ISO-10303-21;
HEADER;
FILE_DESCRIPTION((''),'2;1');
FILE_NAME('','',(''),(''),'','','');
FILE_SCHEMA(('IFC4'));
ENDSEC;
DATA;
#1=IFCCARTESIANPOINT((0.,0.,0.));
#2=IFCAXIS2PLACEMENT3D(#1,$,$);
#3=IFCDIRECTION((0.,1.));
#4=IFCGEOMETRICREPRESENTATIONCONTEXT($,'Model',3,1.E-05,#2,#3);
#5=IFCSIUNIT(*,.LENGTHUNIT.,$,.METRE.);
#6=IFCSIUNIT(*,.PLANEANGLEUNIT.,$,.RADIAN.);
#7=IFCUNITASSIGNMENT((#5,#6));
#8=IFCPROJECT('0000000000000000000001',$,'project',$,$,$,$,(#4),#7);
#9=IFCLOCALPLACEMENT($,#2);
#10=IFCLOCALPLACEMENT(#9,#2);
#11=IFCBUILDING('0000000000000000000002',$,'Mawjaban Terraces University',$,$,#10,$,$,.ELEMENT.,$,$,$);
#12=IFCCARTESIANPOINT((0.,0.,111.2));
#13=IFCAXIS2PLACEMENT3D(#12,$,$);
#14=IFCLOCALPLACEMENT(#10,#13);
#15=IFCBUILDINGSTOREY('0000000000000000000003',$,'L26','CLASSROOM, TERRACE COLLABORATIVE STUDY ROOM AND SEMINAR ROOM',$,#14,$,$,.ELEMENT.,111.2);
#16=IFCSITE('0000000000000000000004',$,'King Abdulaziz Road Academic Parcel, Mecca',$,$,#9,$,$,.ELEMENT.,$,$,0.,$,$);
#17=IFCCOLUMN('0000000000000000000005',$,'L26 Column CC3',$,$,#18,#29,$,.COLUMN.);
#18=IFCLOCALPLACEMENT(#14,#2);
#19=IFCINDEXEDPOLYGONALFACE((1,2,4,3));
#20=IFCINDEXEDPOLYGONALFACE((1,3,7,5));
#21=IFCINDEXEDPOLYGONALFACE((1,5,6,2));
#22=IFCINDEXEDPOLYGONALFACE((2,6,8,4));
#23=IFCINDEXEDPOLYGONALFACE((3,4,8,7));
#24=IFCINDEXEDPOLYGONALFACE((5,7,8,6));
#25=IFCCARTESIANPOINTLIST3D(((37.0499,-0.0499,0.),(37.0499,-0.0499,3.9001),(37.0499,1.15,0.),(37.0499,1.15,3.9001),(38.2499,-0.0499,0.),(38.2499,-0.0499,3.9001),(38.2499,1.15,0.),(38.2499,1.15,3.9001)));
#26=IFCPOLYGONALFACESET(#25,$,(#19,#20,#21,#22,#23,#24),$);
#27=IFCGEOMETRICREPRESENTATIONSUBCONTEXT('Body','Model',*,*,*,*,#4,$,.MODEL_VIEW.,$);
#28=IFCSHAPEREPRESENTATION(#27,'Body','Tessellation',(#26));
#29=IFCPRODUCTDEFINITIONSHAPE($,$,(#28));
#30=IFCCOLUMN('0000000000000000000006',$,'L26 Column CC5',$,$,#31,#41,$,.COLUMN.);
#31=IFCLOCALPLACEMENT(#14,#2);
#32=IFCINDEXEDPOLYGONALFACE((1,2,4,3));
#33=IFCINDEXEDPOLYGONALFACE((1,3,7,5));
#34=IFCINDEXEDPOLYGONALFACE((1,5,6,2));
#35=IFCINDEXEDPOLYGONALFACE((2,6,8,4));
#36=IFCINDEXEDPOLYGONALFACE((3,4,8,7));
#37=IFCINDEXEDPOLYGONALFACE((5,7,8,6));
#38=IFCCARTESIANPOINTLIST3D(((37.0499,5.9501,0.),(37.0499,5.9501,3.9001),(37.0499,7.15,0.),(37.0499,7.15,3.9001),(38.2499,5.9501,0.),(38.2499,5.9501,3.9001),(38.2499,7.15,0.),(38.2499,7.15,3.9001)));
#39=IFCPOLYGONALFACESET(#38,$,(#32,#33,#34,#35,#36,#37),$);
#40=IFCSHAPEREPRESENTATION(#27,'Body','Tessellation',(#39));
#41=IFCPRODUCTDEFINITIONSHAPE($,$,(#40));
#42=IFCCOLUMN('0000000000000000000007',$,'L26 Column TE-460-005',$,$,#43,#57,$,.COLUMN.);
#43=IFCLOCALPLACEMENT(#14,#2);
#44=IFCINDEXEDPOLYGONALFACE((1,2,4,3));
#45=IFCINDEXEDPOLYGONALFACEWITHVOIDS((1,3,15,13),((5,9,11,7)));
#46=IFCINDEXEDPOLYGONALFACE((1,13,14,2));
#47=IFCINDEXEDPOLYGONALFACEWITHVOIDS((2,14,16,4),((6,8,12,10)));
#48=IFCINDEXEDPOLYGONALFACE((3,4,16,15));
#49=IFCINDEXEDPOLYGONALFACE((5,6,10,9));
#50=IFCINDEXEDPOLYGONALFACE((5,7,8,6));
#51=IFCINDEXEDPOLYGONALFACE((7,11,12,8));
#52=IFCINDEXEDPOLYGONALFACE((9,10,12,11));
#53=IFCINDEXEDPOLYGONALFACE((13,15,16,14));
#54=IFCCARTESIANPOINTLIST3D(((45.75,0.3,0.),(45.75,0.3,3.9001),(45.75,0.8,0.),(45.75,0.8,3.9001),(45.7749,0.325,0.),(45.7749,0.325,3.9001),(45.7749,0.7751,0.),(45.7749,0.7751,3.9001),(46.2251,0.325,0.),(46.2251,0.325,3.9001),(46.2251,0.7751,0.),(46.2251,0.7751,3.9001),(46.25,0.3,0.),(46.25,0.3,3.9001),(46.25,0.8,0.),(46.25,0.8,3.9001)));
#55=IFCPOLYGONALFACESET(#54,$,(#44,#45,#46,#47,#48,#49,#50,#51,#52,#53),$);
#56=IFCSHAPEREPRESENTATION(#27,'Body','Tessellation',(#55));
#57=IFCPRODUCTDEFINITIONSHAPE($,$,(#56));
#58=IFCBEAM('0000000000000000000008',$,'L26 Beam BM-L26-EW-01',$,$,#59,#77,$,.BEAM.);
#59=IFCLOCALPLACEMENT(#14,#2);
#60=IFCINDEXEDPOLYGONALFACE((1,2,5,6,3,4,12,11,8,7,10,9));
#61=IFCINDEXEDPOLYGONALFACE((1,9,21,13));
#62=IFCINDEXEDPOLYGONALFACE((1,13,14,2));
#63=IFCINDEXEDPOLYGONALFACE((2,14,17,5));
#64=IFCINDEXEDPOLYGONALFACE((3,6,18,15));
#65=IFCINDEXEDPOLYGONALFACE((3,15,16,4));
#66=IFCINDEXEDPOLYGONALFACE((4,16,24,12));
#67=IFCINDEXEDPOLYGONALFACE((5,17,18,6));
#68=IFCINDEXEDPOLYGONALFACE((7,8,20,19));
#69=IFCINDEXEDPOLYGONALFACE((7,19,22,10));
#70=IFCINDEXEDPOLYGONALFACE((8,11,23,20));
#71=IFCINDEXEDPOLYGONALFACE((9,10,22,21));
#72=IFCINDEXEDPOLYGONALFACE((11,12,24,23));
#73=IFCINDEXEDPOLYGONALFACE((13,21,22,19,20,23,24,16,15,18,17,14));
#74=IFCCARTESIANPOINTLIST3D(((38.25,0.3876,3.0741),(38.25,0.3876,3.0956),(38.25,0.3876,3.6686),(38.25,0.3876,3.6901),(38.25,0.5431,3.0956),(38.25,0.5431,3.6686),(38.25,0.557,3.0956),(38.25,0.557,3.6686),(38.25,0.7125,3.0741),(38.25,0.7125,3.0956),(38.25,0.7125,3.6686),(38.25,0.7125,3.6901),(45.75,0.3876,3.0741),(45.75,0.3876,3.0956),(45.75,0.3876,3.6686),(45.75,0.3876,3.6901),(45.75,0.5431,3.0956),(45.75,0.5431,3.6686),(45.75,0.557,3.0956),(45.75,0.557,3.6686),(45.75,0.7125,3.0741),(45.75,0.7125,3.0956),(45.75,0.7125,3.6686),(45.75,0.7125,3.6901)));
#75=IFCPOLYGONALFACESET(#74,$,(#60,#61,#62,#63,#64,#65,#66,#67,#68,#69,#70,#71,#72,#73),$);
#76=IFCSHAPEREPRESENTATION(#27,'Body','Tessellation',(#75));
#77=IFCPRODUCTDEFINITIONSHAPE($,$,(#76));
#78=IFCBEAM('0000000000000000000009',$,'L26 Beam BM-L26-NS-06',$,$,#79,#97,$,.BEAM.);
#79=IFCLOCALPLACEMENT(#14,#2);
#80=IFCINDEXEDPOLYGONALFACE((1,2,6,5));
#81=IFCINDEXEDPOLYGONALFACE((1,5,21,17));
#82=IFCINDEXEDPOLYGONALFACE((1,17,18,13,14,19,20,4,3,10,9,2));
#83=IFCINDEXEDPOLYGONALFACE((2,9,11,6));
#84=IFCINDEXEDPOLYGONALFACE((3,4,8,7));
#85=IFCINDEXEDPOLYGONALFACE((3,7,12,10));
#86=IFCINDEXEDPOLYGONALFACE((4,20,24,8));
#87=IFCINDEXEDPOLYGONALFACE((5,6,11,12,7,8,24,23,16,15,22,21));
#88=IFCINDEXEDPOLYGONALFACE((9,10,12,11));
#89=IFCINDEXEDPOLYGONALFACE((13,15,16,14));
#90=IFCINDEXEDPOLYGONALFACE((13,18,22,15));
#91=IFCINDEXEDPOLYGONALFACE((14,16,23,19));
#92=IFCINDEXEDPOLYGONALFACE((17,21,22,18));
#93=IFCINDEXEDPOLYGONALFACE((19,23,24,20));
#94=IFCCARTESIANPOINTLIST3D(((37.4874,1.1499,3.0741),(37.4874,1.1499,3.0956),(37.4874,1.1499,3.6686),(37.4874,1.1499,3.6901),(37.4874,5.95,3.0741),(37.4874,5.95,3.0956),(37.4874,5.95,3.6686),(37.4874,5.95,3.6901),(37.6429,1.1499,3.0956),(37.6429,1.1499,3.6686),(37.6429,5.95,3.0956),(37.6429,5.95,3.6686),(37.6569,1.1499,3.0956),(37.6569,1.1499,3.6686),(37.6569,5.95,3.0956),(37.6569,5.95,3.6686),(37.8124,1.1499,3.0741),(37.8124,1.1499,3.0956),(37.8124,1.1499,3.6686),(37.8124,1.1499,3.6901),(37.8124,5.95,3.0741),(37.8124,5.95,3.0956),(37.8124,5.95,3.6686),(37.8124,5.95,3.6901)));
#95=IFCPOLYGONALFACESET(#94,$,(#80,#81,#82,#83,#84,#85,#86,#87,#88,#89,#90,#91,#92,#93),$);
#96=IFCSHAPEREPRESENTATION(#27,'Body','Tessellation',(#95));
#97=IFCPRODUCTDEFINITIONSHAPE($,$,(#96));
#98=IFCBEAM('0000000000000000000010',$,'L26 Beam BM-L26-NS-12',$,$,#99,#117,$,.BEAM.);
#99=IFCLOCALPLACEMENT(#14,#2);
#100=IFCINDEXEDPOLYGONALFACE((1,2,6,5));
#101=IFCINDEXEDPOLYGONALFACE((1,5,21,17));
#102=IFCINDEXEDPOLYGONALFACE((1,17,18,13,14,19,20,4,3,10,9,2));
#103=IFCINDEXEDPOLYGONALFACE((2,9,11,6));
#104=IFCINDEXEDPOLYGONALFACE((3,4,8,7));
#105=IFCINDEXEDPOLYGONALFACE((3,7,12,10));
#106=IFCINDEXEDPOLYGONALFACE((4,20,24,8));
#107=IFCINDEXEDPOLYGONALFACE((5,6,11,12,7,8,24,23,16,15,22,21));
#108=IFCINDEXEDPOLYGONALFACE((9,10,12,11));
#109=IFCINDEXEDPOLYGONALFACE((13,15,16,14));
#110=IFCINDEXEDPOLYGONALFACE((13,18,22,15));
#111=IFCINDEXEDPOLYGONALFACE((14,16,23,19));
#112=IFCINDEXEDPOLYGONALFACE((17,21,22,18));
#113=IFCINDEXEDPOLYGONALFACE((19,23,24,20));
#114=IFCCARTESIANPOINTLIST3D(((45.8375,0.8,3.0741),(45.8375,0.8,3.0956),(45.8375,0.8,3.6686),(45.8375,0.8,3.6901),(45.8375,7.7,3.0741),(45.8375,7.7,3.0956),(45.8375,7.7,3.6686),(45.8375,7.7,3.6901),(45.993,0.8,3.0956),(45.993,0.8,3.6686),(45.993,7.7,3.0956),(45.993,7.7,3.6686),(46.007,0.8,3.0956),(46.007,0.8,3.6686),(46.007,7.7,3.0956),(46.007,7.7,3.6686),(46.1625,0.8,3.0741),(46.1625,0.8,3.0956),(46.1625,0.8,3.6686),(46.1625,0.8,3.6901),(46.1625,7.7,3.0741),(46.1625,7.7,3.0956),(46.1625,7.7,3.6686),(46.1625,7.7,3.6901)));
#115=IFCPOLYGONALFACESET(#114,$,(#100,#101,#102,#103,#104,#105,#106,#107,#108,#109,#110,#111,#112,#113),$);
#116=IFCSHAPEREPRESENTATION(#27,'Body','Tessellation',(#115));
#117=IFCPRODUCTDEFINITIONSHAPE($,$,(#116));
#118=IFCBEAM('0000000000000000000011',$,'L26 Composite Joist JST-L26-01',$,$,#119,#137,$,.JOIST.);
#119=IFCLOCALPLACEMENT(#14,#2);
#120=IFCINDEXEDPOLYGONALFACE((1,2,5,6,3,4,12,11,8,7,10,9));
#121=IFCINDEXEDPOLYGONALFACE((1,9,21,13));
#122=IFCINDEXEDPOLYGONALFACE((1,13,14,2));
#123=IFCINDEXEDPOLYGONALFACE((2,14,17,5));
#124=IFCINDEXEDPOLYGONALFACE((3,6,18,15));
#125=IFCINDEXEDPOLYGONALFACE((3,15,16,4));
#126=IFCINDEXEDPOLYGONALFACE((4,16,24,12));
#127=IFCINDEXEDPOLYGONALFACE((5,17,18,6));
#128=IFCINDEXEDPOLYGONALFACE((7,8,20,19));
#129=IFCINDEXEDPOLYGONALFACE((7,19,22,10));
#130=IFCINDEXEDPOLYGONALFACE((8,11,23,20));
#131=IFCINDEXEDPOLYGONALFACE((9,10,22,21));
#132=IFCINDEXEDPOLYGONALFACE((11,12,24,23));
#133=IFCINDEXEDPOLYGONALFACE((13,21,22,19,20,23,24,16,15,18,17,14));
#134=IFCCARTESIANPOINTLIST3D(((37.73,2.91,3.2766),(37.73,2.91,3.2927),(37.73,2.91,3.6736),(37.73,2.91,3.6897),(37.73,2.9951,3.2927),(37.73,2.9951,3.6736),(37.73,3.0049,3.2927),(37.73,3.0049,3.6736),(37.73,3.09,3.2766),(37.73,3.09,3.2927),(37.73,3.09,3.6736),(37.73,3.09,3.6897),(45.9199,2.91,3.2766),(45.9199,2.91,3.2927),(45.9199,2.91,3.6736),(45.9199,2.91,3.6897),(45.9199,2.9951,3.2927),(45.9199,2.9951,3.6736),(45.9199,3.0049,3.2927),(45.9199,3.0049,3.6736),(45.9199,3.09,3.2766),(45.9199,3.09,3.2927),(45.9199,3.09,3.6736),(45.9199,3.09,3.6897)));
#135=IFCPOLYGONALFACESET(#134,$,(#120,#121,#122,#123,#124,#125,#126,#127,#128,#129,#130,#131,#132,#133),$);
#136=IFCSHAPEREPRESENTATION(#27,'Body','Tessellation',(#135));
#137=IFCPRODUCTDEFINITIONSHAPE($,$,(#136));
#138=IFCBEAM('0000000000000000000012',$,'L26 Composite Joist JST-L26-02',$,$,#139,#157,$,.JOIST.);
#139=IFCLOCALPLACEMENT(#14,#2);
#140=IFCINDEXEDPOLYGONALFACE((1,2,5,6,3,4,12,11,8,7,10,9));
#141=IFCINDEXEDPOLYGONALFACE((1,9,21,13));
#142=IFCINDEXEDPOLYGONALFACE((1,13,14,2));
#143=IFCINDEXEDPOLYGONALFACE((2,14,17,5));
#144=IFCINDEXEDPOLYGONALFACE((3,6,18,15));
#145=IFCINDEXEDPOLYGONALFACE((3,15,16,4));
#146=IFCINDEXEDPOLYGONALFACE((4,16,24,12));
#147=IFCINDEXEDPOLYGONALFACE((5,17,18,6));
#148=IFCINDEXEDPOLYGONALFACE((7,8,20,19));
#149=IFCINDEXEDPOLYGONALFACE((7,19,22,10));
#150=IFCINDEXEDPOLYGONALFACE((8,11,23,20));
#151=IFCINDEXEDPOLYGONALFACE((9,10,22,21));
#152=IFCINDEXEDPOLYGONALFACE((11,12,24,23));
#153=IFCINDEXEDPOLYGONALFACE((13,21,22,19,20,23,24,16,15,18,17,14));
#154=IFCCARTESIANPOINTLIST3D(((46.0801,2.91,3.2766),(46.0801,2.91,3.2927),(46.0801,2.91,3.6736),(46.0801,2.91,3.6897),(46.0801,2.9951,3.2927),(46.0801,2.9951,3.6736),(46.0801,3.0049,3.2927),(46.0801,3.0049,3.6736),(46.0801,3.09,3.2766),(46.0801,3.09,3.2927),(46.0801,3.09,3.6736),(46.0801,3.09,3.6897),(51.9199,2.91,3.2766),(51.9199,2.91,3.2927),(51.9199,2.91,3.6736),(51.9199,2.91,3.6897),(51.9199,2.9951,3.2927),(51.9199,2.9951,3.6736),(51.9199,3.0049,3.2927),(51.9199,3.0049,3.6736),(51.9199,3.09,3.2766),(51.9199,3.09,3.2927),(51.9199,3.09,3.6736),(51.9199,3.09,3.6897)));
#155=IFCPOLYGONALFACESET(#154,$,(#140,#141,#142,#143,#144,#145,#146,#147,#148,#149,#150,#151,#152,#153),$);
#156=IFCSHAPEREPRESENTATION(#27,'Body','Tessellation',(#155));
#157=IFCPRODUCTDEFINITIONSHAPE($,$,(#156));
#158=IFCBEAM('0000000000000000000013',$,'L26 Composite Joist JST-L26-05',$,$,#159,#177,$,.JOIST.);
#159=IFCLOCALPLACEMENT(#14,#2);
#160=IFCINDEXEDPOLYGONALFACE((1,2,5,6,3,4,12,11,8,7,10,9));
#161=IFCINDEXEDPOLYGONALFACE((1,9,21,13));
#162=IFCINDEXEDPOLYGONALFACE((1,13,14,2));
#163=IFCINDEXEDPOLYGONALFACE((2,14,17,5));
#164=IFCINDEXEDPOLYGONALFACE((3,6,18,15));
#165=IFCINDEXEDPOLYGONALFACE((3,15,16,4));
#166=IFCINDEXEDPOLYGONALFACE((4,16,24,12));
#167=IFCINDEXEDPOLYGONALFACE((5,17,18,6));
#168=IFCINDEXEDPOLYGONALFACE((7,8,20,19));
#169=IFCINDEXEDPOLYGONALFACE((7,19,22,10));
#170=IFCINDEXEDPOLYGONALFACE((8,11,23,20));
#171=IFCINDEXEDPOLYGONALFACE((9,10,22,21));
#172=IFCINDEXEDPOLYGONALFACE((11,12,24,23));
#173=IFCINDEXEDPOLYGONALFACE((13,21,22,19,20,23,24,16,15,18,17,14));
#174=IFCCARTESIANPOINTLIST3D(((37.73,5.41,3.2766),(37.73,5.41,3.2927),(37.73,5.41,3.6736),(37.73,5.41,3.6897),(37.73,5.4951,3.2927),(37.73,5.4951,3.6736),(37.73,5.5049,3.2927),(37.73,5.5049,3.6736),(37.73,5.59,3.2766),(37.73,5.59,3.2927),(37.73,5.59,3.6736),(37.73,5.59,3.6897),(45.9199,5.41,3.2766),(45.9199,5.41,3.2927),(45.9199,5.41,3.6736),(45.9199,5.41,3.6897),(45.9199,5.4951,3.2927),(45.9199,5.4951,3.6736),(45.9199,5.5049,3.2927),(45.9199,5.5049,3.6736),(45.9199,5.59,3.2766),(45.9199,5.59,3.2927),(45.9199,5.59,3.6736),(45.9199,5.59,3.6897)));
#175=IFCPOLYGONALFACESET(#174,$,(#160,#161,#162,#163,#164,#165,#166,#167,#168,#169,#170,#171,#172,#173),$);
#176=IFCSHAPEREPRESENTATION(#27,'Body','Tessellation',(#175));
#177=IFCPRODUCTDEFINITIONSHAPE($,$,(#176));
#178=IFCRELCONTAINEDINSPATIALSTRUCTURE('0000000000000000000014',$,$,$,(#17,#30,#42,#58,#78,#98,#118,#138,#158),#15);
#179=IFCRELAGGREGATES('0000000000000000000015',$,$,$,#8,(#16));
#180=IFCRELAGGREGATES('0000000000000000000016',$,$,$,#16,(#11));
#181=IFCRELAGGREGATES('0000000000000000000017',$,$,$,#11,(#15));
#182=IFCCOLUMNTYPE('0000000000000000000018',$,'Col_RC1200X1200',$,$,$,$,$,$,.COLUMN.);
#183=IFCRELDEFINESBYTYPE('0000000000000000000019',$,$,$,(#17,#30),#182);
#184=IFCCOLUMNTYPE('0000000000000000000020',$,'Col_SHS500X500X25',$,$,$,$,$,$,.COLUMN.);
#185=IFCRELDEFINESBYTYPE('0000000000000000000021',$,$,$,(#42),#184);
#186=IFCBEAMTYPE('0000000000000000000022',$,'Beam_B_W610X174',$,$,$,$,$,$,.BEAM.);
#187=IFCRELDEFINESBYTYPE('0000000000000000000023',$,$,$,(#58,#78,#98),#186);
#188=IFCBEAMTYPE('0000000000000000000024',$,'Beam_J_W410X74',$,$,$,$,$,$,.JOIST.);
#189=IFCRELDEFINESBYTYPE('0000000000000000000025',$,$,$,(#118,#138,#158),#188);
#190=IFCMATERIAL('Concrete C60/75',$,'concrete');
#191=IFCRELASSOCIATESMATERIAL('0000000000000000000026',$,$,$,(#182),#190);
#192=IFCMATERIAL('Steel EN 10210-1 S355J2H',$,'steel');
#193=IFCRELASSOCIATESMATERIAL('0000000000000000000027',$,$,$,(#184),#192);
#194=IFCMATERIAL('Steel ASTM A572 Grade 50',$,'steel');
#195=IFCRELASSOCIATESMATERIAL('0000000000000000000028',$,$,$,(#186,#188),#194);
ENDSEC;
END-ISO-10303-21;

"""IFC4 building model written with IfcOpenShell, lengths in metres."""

from ifc_helpers import new_model, si_unit, direction, frame, origin, origin_2d, place, context, subcontext, project, spatial, rectangle, hollow_rectangle, i_section, extrude, material, material_profile, profile_set, type_object, element, save


model = new_model("IFC4")

# Units and contexts
model_context = context("Model", 3, precision=1e-05, world=origin(), true_north=direction((0.0, 1.0)))
body_context = subcontext(model_context, "Body", "Model", "MODEL_VIEW")
ifc_project = project(units=[si_unit("LENGTHUNIT", "METRE"), si_unit("PLANEANGLEUNIT", "RADIAN")], contexts=[model_context])

# Site, building, storey
site_placement = place(None, origin())
site = spatial("IfcSite", under=ifc_project, at=site_placement, Name="King Abdulaziz Road Academic Parcel, Mecca", CompositionType="ELEMENT", RefElevation=0.0)
building_placement = place(site_placement, origin())
building = spatial("IfcBuilding", under=site, at=building_placement, Name="Mawjaban Terraces University", CompositionType="ELEMENT")
storey_placement = place(building_placement, frame((0.0, 0.0, 111.2)))
storey = spatial("IfcBuildingStorey", under=building, at=storey_placement, Name="L26", Description="CLASSROOM, TERRACE COLLABORATIVE STUDY ROOM AND SEMINAR ROOM", CompositionType="ELEMENT", Elevation=111.2)

# Columns
ifc_material_1 = material(Name="Concrete C60/75", Category="concrete")
ifc_material_profile_1 = material_profile(ifc_material_1, rectangle(XDim=1.2, YDim=1.2, at=origin_2d()), Name="RC1200X1200")
ifc_profile_set_1 = profile_set([ifc_material_profile_1], Name="Concrete C60/75")
column_type_1 = type_object("IfcColumnType", Name="Col_RC1200X1200", PredefinedType="COLUMN", material=ifc_profile_set_1)
for number, where, z_axis, x_axis, name in (
    (1, (37.6499, 0.55, 0.0), (0.0, 0.0, 1.0), (1.0, 0.0, 0.0), "L26 Column CC3"),
    (2, (37.6499, 6.55, 0.0), (0.0, 0.0, 1.0), (1.0, 0.0, 0.0), "L26 Column CC5"),
):
    element("IfcColumn", number, at=place(storey_placement, frame(where, z_axis=z_axis, x_axis=x_axis)), inside=storey, type_object=column_type_1, Name=name, PredefinedType="COLUMN", context=body_context, shape_type="SweptSolid", body=[
        extrude(rectangle(XDim=1.2, YDim=1.2, at=origin_2d()), origin(), (0.0, 0.0, 1.0), 3.9001),
    ])
ifc_material_2 = material(Name="Steel EN 10210-1 S355J2H", Category="steel")
ifc_material_profile_2 = material_profile(ifc_material_2, hollow_rectangle(XDim=0.5, YDim=0.5, WallThickness=0.0249, at=origin_2d()), Name="SHS500X500X25")
ifc_profile_set_2 = profile_set([ifc_material_profile_2], Name="Steel EN 10210-1 S355J2H")
column_type_2 = type_object("IfcColumnType", Name="Col_SHS500X500X25", PredefinedType="COLUMN", material=ifc_profile_set_2)
column_placement = place(storey_placement, frame((46.0, 0.55, 0.0), z_axis=(0.0, 0.0, 1.0), x_axis=(1.0, 0.0, 0.0)))
element("IfcColumn", 3, at=column_placement, inside=storey, type_object=column_type_2, Name="L26 Column TE-460-005", PredefinedType="COLUMN", context=body_context, shape_type="SweptSolid", body=[
    extrude(hollow_rectangle(XDim=0.5, YDim=0.5, WallThickness=0.0249, at=origin_2d()), origin(), (0.0, 0.0, 1.0), 3.9001),
])

# Beams
ifc_material_3 = material(Name="Steel ASTM A572 Grade 50", Category="steel")
ifc_material_profile_3 = material_profile(ifc_material_3, i_section(OverallWidth=0.325, OverallDepth=0.616, WebThickness=0.0139, FlangeThickness=0.0215, at=origin_2d()), Name="W610X174")
ifc_profile_set_3 = profile_set([ifc_material_profile_3], Name="Steel ASTM A572 Grade 50")
beam_type_1 = type_object("IfcBeamType", Name="Beam_B_W610X174", PredefinedType="BEAM", material=ifc_profile_set_3)
beam_1_placement = place(storey_placement, frame((38.25, 0.55, 3.3821), z_axis=(1.0, 0.0, 0.0), x_axis=(0.0, 1.0, 0.0)))
element("IfcBeam", 4, at=beam_1_placement, inside=storey, type_object=beam_type_1, Name="L26 Beam BM-L26-EW-01", PredefinedType="BEAM", context=body_context, shape_type="SweptSolid", body=[
    extrude(i_section(OverallWidth=0.325, OverallDepth=0.616, WebThickness=0.0139, FlangeThickness=0.0215, at=origin_2d()), origin(), (0.0, 0.0, 1.0), 7.5),
])
beam_2_placement = place(storey_placement, frame((37.6499, 1.1499, 3.3821), z_axis=(0.0, 1.0, 0.0), x_axis=(-1.0, 0.0, 0.0)))
element("IfcBeam", 5, at=beam_2_placement, inside=storey, type_object=beam_type_1, Name="L26 Beam BM-L26-NS-06", PredefinedType="BEAM", context=body_context, shape_type="SweptSolid", body=[
    extrude(i_section(OverallWidth=0.325, OverallDepth=0.616, WebThickness=0.0139, FlangeThickness=0.0215, at=origin_2d()), origin(), (0.0, 0.0, 1.0), 4.8),
])
beam_3_placement = place(storey_placement, frame((46.0, 0.8, 3.3821), z_axis=(0.0, 1.0, 0.0), x_axis=(-1.0, 0.0, 0.0)))
element("IfcBeam", 6, at=beam_3_placement, inside=storey, type_object=beam_type_1, Name="L26 Beam BM-L26-NS-12", PredefinedType="BEAM", context=body_context, shape_type="SweptSolid", body=[
    extrude(i_section(OverallWidth=0.325, OverallDepth=0.616, WebThickness=0.0139, FlangeThickness=0.0215, at=origin_2d()), origin(), (0.0, 0.0, 1.0), 6.8999),
])
ifc_material_profile_4 = material_profile(ifc_material_3, i_section(OverallWidth=0.1799, OverallDepth=0.4131, WebThickness=0.0098, FlangeThickness=0.0161, at=origin_2d()), Name="W410X74")
ifc_profile_set_4 = profile_set([ifc_material_profile_4], Name="Steel ASTM A572 Grade 50")
beam_type_2 = type_object("IfcBeamType", Name="Beam_J_W410X74", PredefinedType="JOIST", material=ifc_profile_set_4)
beam_4_placement = place(storey_placement, frame((37.73, 3.0, 3.4832), z_axis=(1.0, 0.0, 0.0), x_axis=(0.0, 1.0, 0.0)))
element("IfcBeam", 7, at=beam_4_placement, inside=storey, type_object=beam_type_2, Name="L26 Composite Joist JST-L26-01", PredefinedType="JOIST", context=body_context, shape_type="SweptSolid", body=[
    extrude(i_section(OverallWidth=0.1799, OverallDepth=0.4131, WebThickness=0.0098, FlangeThickness=0.0161, at=origin_2d()), origin(), (0.0, 0.0, 1.0), 8.1899),
])
beam_5_placement = place(storey_placement, frame((46.0801, 3.0, 3.4832), z_axis=(1.0, 0.0, 0.0), x_axis=(0.0, 1.0, 0.0)))
element("IfcBeam", 8, at=beam_5_placement, inside=storey, type_object=beam_type_2, Name="L26 Composite Joist JST-L26-02", PredefinedType="JOIST", context=body_context, shape_type="SweptSolid", body=[
    extrude(i_section(OverallWidth=0.1799, OverallDepth=0.4131, WebThickness=0.0098, FlangeThickness=0.0161, at=origin_2d()), origin(), (0.0, 0.0, 1.0), 5.8398),
])
beam_6_placement = place(storey_placement, frame((37.73, 5.5, 3.4832), z_axis=(1.0, 0.0, 0.0), x_axis=(0.0, 1.0, 0.0)))
element("IfcBeam", 9, at=beam_6_placement, inside=storey, type_object=beam_type_2, Name="L26 Composite Joist JST-L26-05", PredefinedType="JOIST", context=body_context, shape_type="SweptSolid", body=[
    extrude(i_section(OverallWidth=0.1799, OverallDepth=0.4131, WebThickness=0.0098, FlangeThickness=0.0161, at=origin_2d()), origin(), (0.0, 0.0, 1.0), 8.1899),
])

save(model, "model.ifc")
